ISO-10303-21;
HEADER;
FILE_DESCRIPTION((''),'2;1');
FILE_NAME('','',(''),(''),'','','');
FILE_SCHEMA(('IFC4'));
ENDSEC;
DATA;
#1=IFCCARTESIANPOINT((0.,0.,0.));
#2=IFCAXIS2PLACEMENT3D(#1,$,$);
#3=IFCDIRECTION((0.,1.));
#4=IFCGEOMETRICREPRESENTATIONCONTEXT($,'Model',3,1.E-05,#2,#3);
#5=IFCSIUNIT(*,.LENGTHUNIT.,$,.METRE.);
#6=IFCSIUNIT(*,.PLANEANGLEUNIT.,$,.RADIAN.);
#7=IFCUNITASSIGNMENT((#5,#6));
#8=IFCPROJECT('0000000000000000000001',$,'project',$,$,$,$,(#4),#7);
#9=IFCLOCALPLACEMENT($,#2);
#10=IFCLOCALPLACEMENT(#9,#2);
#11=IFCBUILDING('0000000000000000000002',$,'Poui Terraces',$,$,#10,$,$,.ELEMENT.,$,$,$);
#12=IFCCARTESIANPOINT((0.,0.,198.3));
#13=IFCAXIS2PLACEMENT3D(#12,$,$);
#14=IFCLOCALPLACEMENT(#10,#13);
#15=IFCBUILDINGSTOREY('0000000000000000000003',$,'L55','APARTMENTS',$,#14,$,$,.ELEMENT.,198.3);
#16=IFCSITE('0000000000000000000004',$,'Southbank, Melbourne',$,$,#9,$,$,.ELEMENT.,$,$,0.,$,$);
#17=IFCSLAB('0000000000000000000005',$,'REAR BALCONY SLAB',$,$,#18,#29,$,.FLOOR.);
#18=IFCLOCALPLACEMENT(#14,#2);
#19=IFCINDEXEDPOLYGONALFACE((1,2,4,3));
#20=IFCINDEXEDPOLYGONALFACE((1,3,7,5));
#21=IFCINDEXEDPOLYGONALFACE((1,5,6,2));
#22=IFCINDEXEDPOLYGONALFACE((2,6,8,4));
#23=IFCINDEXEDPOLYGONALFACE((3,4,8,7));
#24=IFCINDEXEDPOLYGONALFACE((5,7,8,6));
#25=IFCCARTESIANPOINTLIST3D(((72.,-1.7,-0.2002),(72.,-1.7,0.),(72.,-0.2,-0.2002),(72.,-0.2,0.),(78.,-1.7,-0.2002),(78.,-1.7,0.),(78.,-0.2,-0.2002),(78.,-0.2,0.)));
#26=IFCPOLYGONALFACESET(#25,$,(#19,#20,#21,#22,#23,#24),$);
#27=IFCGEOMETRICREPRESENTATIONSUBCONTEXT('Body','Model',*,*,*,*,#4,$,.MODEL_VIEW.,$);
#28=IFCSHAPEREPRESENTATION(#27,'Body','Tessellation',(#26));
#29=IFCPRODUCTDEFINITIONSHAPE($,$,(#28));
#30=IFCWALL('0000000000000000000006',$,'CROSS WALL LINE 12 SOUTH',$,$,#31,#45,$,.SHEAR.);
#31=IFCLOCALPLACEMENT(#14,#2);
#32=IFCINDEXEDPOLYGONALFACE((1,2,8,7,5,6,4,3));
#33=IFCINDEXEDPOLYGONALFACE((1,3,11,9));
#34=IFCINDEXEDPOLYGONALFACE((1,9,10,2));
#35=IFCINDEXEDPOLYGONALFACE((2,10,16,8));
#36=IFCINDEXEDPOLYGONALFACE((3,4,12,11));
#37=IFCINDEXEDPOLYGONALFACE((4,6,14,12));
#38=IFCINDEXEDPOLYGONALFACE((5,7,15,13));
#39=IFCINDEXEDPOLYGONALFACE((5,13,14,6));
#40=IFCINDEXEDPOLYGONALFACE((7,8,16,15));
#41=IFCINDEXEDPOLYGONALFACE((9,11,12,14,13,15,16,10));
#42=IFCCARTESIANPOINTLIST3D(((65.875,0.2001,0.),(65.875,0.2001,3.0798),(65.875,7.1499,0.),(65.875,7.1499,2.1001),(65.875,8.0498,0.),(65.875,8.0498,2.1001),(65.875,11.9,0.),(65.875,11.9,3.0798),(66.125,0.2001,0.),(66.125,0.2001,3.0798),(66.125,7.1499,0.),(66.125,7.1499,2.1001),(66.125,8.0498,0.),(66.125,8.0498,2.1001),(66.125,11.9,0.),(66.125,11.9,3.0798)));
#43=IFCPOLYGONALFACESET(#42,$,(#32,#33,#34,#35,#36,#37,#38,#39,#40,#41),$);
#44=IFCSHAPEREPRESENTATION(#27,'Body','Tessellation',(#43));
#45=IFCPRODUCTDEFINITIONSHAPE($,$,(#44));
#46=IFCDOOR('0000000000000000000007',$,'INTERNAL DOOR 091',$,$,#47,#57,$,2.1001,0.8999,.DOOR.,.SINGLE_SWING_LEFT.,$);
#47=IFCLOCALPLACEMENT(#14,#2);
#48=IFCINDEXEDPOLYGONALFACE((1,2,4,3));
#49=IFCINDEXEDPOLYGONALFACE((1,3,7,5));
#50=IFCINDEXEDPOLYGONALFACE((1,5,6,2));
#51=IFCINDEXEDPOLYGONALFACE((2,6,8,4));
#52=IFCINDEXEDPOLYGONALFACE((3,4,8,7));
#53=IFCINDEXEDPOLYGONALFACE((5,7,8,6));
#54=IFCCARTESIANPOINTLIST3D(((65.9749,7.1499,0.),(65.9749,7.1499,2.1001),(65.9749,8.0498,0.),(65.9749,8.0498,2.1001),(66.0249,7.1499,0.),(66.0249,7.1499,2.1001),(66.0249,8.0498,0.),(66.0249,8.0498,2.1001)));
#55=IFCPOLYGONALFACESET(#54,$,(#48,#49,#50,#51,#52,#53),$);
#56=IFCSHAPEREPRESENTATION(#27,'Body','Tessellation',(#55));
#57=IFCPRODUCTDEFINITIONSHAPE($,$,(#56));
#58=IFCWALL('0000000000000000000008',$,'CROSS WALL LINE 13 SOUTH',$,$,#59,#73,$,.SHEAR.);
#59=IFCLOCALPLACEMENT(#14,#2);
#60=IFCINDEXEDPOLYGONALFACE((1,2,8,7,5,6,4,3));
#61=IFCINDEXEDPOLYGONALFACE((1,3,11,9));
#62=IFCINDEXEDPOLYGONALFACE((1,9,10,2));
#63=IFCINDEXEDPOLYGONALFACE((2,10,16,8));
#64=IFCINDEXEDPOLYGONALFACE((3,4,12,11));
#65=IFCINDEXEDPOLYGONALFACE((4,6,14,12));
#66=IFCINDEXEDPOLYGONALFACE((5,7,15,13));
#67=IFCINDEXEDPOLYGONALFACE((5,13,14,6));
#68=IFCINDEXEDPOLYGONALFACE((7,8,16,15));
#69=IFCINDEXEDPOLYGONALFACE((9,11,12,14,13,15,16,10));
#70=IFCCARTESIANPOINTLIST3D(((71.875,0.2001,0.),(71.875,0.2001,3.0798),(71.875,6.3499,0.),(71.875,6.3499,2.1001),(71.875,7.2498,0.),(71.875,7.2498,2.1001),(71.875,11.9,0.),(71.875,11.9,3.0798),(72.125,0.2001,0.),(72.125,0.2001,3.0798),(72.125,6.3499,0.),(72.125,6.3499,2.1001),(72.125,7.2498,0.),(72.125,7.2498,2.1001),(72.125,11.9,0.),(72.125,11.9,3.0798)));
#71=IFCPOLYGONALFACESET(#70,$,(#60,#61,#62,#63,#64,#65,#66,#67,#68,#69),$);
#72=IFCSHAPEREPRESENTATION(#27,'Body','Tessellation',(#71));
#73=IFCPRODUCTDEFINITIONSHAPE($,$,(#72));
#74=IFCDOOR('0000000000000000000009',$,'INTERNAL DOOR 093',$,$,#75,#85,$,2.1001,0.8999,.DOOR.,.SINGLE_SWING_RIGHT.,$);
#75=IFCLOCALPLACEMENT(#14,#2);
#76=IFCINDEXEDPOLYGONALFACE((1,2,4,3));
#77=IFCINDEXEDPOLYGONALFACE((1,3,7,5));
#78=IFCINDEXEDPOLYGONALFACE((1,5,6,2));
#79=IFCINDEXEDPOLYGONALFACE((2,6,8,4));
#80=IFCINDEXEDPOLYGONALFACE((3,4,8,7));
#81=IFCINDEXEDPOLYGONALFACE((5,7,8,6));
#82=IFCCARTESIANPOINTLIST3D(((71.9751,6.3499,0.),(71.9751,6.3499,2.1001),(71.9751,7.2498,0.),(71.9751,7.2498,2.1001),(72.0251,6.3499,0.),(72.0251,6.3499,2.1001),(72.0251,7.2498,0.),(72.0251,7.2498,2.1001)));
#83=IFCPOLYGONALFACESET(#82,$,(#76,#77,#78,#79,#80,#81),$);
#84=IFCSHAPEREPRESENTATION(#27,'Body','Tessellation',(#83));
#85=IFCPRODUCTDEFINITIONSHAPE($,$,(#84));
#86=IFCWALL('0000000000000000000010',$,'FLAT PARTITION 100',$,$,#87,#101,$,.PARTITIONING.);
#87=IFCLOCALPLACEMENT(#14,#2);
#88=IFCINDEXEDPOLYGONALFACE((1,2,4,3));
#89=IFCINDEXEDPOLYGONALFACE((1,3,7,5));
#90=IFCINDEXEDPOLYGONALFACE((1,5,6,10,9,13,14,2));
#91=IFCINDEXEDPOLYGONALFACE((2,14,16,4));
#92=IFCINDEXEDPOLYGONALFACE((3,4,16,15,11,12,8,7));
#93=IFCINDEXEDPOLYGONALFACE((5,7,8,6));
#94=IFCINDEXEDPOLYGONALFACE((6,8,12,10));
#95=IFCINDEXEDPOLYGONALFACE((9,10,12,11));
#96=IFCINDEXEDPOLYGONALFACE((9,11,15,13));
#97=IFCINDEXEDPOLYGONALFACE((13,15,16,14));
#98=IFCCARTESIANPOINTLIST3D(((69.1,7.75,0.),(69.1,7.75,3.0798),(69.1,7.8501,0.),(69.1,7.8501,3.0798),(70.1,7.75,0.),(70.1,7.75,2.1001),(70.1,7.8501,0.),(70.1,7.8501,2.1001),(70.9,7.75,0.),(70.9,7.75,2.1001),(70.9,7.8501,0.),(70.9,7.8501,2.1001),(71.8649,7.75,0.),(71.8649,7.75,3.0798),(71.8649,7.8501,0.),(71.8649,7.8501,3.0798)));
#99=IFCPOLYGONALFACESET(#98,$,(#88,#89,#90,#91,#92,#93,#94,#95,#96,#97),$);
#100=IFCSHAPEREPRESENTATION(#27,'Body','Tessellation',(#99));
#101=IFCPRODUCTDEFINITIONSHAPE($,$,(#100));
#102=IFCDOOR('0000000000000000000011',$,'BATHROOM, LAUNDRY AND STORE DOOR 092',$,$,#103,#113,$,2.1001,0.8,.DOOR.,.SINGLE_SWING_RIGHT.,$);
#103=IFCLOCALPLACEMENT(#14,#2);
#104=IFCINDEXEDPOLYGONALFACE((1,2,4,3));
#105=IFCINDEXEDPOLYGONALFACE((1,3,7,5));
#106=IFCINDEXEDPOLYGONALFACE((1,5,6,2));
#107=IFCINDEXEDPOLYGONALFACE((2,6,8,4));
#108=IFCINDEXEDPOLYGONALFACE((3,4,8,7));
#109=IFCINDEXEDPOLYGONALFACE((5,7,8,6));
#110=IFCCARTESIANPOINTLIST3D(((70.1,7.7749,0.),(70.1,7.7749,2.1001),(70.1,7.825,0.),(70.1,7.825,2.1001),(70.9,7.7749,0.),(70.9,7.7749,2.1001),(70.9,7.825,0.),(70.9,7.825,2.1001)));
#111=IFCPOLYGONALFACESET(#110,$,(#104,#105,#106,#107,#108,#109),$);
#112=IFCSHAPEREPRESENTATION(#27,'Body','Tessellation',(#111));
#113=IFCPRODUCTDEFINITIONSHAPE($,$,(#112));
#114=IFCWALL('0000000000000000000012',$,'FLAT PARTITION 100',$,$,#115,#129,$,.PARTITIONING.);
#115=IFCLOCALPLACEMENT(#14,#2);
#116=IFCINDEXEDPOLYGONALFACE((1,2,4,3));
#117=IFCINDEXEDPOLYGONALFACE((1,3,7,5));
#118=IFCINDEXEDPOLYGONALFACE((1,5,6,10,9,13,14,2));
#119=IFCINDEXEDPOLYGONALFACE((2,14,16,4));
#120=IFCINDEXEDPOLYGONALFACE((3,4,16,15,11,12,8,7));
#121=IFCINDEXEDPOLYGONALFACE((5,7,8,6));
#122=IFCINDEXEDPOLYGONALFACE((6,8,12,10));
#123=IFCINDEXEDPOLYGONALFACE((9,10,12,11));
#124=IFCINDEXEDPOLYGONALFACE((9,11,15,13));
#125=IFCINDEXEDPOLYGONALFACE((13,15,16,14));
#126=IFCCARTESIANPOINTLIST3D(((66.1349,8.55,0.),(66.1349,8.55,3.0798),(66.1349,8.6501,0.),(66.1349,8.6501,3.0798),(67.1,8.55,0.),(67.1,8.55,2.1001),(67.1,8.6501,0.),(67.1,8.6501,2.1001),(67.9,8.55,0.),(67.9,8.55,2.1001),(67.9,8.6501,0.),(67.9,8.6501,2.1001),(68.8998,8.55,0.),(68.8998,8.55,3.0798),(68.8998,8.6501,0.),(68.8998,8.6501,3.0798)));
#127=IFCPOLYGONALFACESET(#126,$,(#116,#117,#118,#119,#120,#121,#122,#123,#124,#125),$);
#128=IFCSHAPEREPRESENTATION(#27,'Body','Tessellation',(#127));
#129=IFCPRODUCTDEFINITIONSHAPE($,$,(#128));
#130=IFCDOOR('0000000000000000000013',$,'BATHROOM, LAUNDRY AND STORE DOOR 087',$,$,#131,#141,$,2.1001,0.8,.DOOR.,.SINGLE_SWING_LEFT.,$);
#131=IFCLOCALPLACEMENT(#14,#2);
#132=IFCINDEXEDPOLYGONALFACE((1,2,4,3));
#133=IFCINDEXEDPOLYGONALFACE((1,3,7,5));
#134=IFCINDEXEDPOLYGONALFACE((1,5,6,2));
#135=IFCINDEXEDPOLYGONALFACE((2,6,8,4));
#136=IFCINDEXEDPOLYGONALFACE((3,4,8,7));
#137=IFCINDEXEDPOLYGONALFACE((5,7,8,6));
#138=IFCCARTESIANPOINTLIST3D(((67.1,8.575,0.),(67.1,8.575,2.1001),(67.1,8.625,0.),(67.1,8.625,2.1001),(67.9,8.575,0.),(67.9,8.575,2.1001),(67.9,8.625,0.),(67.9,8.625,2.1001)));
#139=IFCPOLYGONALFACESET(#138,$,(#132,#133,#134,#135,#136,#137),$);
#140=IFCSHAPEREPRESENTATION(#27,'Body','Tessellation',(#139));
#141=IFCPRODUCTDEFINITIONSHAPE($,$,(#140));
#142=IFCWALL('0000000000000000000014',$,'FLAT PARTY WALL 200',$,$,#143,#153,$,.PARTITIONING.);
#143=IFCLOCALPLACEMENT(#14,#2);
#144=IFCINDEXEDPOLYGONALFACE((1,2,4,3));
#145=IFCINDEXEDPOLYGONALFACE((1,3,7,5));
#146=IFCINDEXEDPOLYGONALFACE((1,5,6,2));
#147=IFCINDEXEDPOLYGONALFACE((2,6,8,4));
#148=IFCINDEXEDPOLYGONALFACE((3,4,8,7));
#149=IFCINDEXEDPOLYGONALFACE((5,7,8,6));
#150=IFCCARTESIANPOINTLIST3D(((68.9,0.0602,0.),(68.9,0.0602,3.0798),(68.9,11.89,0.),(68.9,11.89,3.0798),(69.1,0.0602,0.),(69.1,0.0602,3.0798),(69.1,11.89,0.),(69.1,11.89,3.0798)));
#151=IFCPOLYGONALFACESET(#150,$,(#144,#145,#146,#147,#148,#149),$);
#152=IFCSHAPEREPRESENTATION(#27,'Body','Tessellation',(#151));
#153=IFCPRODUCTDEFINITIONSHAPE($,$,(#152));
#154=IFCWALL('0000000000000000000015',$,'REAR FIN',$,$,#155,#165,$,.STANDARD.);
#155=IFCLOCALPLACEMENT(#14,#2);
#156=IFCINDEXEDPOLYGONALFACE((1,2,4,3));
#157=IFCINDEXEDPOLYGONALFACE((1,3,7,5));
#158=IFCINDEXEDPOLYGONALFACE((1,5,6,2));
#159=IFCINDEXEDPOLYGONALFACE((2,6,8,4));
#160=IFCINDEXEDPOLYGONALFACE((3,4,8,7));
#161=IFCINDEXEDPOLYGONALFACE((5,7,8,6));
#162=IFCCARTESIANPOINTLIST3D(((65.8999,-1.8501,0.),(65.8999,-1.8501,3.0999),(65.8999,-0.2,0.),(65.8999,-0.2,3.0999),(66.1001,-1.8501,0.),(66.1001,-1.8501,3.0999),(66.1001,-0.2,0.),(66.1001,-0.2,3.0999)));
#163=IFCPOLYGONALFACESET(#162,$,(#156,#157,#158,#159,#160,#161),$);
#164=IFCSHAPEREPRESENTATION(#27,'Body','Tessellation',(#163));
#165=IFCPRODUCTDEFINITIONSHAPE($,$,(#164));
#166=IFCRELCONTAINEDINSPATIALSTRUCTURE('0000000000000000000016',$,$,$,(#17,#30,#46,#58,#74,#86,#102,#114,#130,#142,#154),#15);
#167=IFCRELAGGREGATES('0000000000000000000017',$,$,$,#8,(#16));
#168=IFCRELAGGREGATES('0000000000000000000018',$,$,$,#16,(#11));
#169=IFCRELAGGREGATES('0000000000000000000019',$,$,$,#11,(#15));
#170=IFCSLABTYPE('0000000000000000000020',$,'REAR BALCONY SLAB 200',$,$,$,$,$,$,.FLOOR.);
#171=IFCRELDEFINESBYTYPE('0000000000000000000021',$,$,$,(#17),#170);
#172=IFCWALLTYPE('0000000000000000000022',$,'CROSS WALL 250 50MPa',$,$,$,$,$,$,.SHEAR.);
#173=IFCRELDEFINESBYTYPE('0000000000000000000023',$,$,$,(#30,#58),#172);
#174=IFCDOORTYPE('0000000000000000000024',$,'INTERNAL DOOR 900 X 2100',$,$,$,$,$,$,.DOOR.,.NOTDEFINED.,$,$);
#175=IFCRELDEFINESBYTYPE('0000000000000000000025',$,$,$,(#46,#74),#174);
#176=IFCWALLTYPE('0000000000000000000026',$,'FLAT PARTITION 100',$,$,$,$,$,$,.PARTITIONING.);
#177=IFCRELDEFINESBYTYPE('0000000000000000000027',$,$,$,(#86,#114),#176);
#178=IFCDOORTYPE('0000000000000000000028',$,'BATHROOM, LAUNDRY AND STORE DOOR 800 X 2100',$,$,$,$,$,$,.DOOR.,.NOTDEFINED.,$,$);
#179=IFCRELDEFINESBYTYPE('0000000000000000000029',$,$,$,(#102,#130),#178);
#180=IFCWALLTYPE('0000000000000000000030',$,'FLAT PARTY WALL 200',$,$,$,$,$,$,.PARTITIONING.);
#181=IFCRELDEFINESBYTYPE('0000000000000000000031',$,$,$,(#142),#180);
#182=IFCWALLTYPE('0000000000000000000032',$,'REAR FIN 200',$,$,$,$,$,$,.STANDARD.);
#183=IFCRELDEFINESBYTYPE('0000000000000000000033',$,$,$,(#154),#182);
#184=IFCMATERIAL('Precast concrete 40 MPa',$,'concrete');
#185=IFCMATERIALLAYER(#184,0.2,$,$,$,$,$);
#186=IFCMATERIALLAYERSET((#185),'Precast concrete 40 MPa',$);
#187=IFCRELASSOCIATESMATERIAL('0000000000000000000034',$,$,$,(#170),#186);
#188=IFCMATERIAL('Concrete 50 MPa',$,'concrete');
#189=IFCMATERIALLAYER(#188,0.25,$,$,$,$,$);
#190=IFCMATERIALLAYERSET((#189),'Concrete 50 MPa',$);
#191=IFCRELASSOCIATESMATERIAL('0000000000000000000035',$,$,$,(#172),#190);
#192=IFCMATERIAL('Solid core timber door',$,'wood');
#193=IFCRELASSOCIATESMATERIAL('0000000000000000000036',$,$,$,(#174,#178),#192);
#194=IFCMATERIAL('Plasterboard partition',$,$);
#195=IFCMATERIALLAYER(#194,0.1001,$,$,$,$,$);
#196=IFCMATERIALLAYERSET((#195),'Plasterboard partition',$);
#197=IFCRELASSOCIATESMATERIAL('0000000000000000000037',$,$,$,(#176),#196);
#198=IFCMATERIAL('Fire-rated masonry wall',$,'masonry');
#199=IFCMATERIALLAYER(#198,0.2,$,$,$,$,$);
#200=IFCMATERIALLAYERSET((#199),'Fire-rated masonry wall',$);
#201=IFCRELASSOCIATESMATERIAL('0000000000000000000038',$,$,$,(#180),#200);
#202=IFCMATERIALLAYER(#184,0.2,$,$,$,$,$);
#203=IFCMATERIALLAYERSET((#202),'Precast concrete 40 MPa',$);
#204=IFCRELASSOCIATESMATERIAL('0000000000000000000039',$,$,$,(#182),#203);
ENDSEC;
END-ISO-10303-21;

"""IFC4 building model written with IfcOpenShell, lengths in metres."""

from ifc_helpers import new_model, si_unit, direction, frame, frame_2d, origin, place, context, subcontext, project, spatial, polyline, rectangle, outline, extrude, source, transform, mapped, material, layer, layer_set, type_object, element, fill, save


model = new_model("IFC4")

# Units and contexts
model_context = context("Model", 3, precision=1e-05, world=origin(), true_north=direction((0.0, 1.0)))
body_context = subcontext(model_context, "Body", "Model", "MODEL_VIEW")
ifc_project = project(units=[si_unit("LENGTHUNIT", "METRE"), si_unit("PLANEANGLEUNIT", "RADIAN")], contexts=[model_context])

# Site, building, storey
site_placement = place(None, origin())
site = spatial("IfcSite", under=ifc_project, at=site_placement, Name="Southbank, Melbourne", CompositionType="ELEMENT", RefElevation=0.0)
building_placement = place(site_placement, origin())
building = spatial("IfcBuilding", under=site, at=building_placement, Name="Poui Terraces", CompositionType="ELEMENT")
storey_placement = place(building_placement, frame((0.0, 0.0, 198.3)))
storey = spatial("IfcBuildingStorey", under=building, at=storey_placement, Name="L55", Description="APARTMENTS", CompositionType="ELEMENT", Elevation=198.3)

# Slab
ifc_material_1 = material(Name="Precast concrete 40 MPa", Category="concrete")
ifc_layer_1 = layer(ifc_material_1, 0.2)
ifc_layer_set_1 = layer_set([ifc_layer_1], Name="Precast concrete 40 MPa")
slab_type = type_object("IfcSlabType", Name="REAR BALCONY SLAB 200", PredefinedType="FLOOR", material=ifc_layer_set_1)
shared_shape_1 = source(origin(), body_context, "Body", "SweptSolid", [
    extrude(outline(polyline([(0.0, 0.0), (6.0, 0.0), (6.0, 1.5), (0.0, 1.5), (0.0, 0.0)])), origin(), (0.0, 0.0, 1.0), 0.2002),
])
slab_placement = place(storey_placement, frame((72.0, -1.7, -0.2002)))
element("IfcSlab", 1, at=slab_placement, inside=storey, type_object=slab_type, Name="REAR BALCONY SLAB", PredefinedType="FLOOR", context=body_context, shape_type="MappedRepresentation", body=[
    mapped(shared_shape_1, transform((0.0, 0.0, 0.0))),
])

# Walls, openings, doors
ifc_material_2 = material(Name="Concrete 50 MPa", Category="concrete")
ifc_layer_2 = layer(ifc_material_2, 0.25)
ifc_layer_set_2 = layer_set([ifc_layer_2], Name="Concrete 50 MPa")
wall_type_1 = type_object("IfcWallType", Name="CROSS WALL 250 50MPa", PredefinedType="SHEAR", material=ifc_layer_set_2)
wall_1_placement = place(storey_placement, frame((66.0, 0.2, 0.0), z_axis=(0.0, 0.0, 1.0), x_axis=(0.0, 1.0, 0.0)))
wall_1 = element("IfcWall", 2, at=wall_1_placement, inside=storey, type_object=wall_type_1, Name="CROSS WALL LINE 12 SOUTH", PredefinedType="SHEAR", context=body_context, shape_type="SweptSolid", body=[
    extrude(rectangle(XDim=11.7, YDim=0.25, at=frame_2d((5.8501, 0.0))), origin(), (0.0, 0.0, 1.0), 3.0798),
])
opening_1_placement = place(wall_1_placement, frame((6.95, 0.0, 0.0)))
opening_1 = element("IfcOpeningElement", 3, at=opening_1_placement, cuts=wall_1, PredefinedType="OPENING", context=body_context, shape_type="SweptSolid", body=[
    extrude(rectangle(XDim=0.8999, YDim=2.1001, at=frame_2d((0.45, 1.05))), frame((0.0, 0.135, 0.0), z_axis=(0.0, -1.0, 0.0), x_axis=(1.0, 0.0, 0.0)), (0.0, 0.0, 1.0), 0.27),
])
ifc_material_3 = material(Name="Solid core timber door", Category="wood")
door_type_1 = type_object("IfcDoorType", Name="INTERNAL DOOR 900 X 2100", OperationType="NOTDEFINED", PredefinedType="DOOR", material=ifc_material_3)
door_1_placement = place(opening_1_placement, frame((0.8999, 0.0, 0.0), z_axis=(0.0, 0.0, 1.0), x_axis=(-1.0, 0.0, 0.0)))
door_1 = element("IfcDoor", 4, at=door_1_placement, inside=storey, type_object=door_type_1, Name="INTERNAL DOOR 091", OperationType="SINGLE_SWING_LEFT", OverallHeight=2.1001, OverallWidth=0.8999, PredefinedType="DOOR", context=body_context, shape_type="SweptSolid", body=[
    extrude(rectangle(XDim=0.8999, YDim=2.1001, at=frame_2d((0.45, 1.05))), frame((0.0, 0.0249, 0.0), z_axis=(0.0, -1.0, 0.0), x_axis=(1.0, 0.0, 0.0)), (0.0, 0.0, 1.0), 0.05),
])
fill(opening_1, door_1)
wall_2_placement = place(storey_placement, frame((72.0, 0.2, 0.0), z_axis=(0.0, 0.0, 1.0), x_axis=(0.0, 1.0, 0.0)))
wall_2 = element("IfcWall", 5, at=wall_2_placement, inside=storey, type_object=wall_type_1, Name="CROSS WALL LINE 13 SOUTH", PredefinedType="SHEAR", context=body_context, shape_type="SweptSolid", body=[
    extrude(rectangle(XDim=11.7, YDim=0.25, at=frame_2d((5.8501, 0.0))), origin(), (0.0, 0.0, 1.0), 3.0798),
])
opening_2_placement = place(wall_2_placement, frame((6.1499, 0.0, 0.0)))
opening_2 = element("IfcOpeningElement", 6, at=opening_2_placement, cuts=wall_2, PredefinedType="OPENING", context=body_context, shape_type="SweptSolid", body=[
    extrude(rectangle(XDim=0.8999, YDim=2.1001, at=frame_2d((0.45, 1.05))), frame((0.0, 0.135, 0.0), z_axis=(0.0, -1.0, 0.0), x_axis=(1.0, 0.0, 0.0)), (0.0, 0.0, 1.0), 0.27),
])
door_2_placement = place(opening_2_placement, origin())
door_2 = element("IfcDoor", 7, at=door_2_placement, inside=storey, type_object=door_type_1, Name="INTERNAL DOOR 093", OperationType="SINGLE_SWING_RIGHT", OverallHeight=2.1001, OverallWidth=0.8999, PredefinedType="DOOR", context=body_context, shape_type="SweptSolid", body=[
    extrude(rectangle(XDim=0.8999, YDim=2.1001, at=frame_2d((0.45, 1.05))), frame((0.0, 0.0249, 0.0), z_axis=(0.0, -1.0, 0.0), x_axis=(1.0, 0.0, 0.0)), (0.0, 0.0, 1.0), 0.05),
])
fill(opening_2, door_2)
ifc_material_4 = material(Name="Plasterboard partition")
ifc_layer_3 = layer(ifc_material_4, 0.1001)
ifc_layer_set_3 = layer_set([ifc_layer_3], Name="Plasterboard partition")
wall_type_2 = type_object("IfcWallType", Name="FLAT PARTITION 100", PredefinedType="PARTITIONING", material=ifc_layer_set_3)
wall_3_placement = place(storey_placement, frame((69.1001, 7.8, 0.0), z_axis=(0.0, 0.0, 1.0), x_axis=(1.0, 0.0, 0.0)))
wall_3 = element("IfcWall", 8, at=wall_3_placement, inside=storey, type_object=wall_type_2, Name="FLAT PARTITION 100", PredefinedType="PARTITIONING", context=body_context, shape_type="SweptSolid", body=[
    extrude(rectangle(XDim=2.7649, YDim=0.1001, at=frame_2d((1.3823, 0.0))), origin(), (0.0, 0.0, 1.0), 3.0798),
])
opening_3_placement = place(wall_3_placement, frame((1.0, 0.0, 0.0)))
opening_3 = element("IfcOpeningElement", 9, at=opening_3_placement, cuts=wall_3, PredefinedType="OPENING", context=body_context, shape_type="SweptSolid", body=[
    extrude(rectangle(XDim=0.8, YDim=2.1001, at=frame_2d((0.3999, 1.05))), frame((0.0, 0.0601, 0.0), z_axis=(0.0, -1.0, 0.0), x_axis=(1.0, 0.0, 0.0)), (0.0, 0.0, 1.0), 0.1201),
])
door_type_2 = type_object("IfcDoorType", Name="BATHROOM, LAUNDRY AND STORE DOOR 800 X 2100", OperationType="NOTDEFINED", PredefinedType="DOOR", material=ifc_material_3)
door_3_placement = place(opening_3_placement, origin())
door_3 = element("IfcDoor", 10, at=door_3_placement, inside=storey, type_object=door_type_2, Name="BATHROOM, LAUNDRY AND STORE DOOR 092", OperationType="SINGLE_SWING_RIGHT", OverallHeight=2.1001, OverallWidth=0.8, PredefinedType="DOOR", context=body_context, shape_type="SweptSolid", body=[
    extrude(rectangle(XDim=0.8, YDim=2.1001, at=frame_2d((0.3999, 1.05))), frame((0.0, 0.0249, 0.0), z_axis=(0.0, -1.0, 0.0), x_axis=(1.0, 0.0, 0.0)), (0.0, 0.0, 1.0), 0.05),
])
fill(opening_3, door_3)
wall_4_placement = place(storey_placement, frame((66.135, 8.6001, 0.0), z_axis=(0.0, 0.0, 1.0), x_axis=(1.0, 0.0, 0.0)))
wall_4 = element("IfcWall", 11, at=wall_4_placement, inside=storey, type_object=wall_type_2, Name="FLAT PARTITION 100", PredefinedType="PARTITIONING", context=body_context, shape_type="SweptSolid", body=[
    extrude(rectangle(XDim=2.7649, YDim=0.1001, at=frame_2d((1.3823, 0.0))), origin(), (0.0, 0.0, 1.0), 3.0798),
])
opening_4_placement = place(wall_4_placement, frame((0.9651, 0.0, 0.0)))
opening_4 = element("IfcOpeningElement", 12, at=opening_4_placement, cuts=wall_4, PredefinedType="OPENING", context=body_context, shape_type="SweptSolid", body=[
    extrude(rectangle(XDim=0.8, YDim=2.1001, at=frame_2d((0.3999, 1.05))), frame((0.0, 0.0601, 0.0), z_axis=(0.0, -1.0, 0.0), x_axis=(1.0, 0.0, 0.0)), (0.0, 0.0, 1.0), 0.1201),
])
door_4_placement = place(opening_4_placement, origin())
door_4 = element("IfcDoor", 13, at=door_4_placement, inside=storey, type_object=door_type_2, Name="BATHROOM, LAUNDRY AND STORE DOOR 087", OperationType="SINGLE_SWING_LEFT", OverallHeight=2.1001, OverallWidth=0.8, PredefinedType="DOOR", context=body_context, shape_type="SweptSolid", body=[
    extrude(rectangle(XDim=0.8, YDim=2.1001, at=frame_2d((0.3999, 1.05))), frame((0.0, 0.0249, 0.0), z_axis=(0.0, -1.0, 0.0), x_axis=(1.0, 0.0, 0.0)), (0.0, 0.0, 1.0), 0.05),
])
fill(opening_4, door_4)

# Walls
ifc_material_5 = material(Name="Fire-rated masonry wall", Category="masonry")
ifc_layer_4 = layer(ifc_material_5, 0.2)
ifc_layer_set_4 = layer_set([ifc_layer_4], Name="Fire-rated masonry wall")
wall_type_3 = type_object("IfcWallType", Name="FLAT PARTY WALL 200", PredefinedType="PARTITIONING", material=ifc_layer_set_4)
wall_5_placement = place(storey_placement, frame((69.0, 0.0601, 0.0), z_axis=(0.0, 0.0, 1.0), x_axis=(0.0, 1.0, 0.0)))
element("IfcWall", 14, at=wall_5_placement, inside=storey, type_object=wall_type_3, Name="FLAT PARTY WALL 200", PredefinedType="PARTITIONING", context=body_context, shape_type="SweptSolid", body=[
    extrude(rectangle(XDim=11.8298, YDim=0.2, at=frame_2d((5.915, 0.0))), origin(), (0.0, 0.0, 1.0), 3.0798),
])
ifc_layer_5 = layer(ifc_material_1, 0.2)
ifc_layer_set_5 = layer_set([ifc_layer_5], Name="Precast concrete 40 MPa")
wall_type_4 = type_object("IfcWallType", Name="REAR FIN 200", PredefinedType="STANDARD", material=ifc_layer_set_5)
shared_shape_2 = source(origin(), body_context, "Body", "SweptSolid", [
    extrude(outline(polyline([(0.0, 0.0), (0.2002, 0.0), (0.2002, 1.6501), (0.0, 1.6501), (0.0, 0.0)])), origin(), (0.0, 0.0, 1.0), 3.0999),
])
for number, where, name in (
    (15, (65.8999, -1.8501, 0.0), "REAR FIN"),
):
    element("IfcWall", number, at=place(storey_placement, frame(where)), inside=storey, type_object=wall_type_4, Name=name, PredefinedType="STANDARD", context=body_context, shape_type="MappedRepresentation", body=[
        mapped(shared_shape_2, transform((0.0, 0.0, 0.0))),
    ])

save(model, "model.ifc")
